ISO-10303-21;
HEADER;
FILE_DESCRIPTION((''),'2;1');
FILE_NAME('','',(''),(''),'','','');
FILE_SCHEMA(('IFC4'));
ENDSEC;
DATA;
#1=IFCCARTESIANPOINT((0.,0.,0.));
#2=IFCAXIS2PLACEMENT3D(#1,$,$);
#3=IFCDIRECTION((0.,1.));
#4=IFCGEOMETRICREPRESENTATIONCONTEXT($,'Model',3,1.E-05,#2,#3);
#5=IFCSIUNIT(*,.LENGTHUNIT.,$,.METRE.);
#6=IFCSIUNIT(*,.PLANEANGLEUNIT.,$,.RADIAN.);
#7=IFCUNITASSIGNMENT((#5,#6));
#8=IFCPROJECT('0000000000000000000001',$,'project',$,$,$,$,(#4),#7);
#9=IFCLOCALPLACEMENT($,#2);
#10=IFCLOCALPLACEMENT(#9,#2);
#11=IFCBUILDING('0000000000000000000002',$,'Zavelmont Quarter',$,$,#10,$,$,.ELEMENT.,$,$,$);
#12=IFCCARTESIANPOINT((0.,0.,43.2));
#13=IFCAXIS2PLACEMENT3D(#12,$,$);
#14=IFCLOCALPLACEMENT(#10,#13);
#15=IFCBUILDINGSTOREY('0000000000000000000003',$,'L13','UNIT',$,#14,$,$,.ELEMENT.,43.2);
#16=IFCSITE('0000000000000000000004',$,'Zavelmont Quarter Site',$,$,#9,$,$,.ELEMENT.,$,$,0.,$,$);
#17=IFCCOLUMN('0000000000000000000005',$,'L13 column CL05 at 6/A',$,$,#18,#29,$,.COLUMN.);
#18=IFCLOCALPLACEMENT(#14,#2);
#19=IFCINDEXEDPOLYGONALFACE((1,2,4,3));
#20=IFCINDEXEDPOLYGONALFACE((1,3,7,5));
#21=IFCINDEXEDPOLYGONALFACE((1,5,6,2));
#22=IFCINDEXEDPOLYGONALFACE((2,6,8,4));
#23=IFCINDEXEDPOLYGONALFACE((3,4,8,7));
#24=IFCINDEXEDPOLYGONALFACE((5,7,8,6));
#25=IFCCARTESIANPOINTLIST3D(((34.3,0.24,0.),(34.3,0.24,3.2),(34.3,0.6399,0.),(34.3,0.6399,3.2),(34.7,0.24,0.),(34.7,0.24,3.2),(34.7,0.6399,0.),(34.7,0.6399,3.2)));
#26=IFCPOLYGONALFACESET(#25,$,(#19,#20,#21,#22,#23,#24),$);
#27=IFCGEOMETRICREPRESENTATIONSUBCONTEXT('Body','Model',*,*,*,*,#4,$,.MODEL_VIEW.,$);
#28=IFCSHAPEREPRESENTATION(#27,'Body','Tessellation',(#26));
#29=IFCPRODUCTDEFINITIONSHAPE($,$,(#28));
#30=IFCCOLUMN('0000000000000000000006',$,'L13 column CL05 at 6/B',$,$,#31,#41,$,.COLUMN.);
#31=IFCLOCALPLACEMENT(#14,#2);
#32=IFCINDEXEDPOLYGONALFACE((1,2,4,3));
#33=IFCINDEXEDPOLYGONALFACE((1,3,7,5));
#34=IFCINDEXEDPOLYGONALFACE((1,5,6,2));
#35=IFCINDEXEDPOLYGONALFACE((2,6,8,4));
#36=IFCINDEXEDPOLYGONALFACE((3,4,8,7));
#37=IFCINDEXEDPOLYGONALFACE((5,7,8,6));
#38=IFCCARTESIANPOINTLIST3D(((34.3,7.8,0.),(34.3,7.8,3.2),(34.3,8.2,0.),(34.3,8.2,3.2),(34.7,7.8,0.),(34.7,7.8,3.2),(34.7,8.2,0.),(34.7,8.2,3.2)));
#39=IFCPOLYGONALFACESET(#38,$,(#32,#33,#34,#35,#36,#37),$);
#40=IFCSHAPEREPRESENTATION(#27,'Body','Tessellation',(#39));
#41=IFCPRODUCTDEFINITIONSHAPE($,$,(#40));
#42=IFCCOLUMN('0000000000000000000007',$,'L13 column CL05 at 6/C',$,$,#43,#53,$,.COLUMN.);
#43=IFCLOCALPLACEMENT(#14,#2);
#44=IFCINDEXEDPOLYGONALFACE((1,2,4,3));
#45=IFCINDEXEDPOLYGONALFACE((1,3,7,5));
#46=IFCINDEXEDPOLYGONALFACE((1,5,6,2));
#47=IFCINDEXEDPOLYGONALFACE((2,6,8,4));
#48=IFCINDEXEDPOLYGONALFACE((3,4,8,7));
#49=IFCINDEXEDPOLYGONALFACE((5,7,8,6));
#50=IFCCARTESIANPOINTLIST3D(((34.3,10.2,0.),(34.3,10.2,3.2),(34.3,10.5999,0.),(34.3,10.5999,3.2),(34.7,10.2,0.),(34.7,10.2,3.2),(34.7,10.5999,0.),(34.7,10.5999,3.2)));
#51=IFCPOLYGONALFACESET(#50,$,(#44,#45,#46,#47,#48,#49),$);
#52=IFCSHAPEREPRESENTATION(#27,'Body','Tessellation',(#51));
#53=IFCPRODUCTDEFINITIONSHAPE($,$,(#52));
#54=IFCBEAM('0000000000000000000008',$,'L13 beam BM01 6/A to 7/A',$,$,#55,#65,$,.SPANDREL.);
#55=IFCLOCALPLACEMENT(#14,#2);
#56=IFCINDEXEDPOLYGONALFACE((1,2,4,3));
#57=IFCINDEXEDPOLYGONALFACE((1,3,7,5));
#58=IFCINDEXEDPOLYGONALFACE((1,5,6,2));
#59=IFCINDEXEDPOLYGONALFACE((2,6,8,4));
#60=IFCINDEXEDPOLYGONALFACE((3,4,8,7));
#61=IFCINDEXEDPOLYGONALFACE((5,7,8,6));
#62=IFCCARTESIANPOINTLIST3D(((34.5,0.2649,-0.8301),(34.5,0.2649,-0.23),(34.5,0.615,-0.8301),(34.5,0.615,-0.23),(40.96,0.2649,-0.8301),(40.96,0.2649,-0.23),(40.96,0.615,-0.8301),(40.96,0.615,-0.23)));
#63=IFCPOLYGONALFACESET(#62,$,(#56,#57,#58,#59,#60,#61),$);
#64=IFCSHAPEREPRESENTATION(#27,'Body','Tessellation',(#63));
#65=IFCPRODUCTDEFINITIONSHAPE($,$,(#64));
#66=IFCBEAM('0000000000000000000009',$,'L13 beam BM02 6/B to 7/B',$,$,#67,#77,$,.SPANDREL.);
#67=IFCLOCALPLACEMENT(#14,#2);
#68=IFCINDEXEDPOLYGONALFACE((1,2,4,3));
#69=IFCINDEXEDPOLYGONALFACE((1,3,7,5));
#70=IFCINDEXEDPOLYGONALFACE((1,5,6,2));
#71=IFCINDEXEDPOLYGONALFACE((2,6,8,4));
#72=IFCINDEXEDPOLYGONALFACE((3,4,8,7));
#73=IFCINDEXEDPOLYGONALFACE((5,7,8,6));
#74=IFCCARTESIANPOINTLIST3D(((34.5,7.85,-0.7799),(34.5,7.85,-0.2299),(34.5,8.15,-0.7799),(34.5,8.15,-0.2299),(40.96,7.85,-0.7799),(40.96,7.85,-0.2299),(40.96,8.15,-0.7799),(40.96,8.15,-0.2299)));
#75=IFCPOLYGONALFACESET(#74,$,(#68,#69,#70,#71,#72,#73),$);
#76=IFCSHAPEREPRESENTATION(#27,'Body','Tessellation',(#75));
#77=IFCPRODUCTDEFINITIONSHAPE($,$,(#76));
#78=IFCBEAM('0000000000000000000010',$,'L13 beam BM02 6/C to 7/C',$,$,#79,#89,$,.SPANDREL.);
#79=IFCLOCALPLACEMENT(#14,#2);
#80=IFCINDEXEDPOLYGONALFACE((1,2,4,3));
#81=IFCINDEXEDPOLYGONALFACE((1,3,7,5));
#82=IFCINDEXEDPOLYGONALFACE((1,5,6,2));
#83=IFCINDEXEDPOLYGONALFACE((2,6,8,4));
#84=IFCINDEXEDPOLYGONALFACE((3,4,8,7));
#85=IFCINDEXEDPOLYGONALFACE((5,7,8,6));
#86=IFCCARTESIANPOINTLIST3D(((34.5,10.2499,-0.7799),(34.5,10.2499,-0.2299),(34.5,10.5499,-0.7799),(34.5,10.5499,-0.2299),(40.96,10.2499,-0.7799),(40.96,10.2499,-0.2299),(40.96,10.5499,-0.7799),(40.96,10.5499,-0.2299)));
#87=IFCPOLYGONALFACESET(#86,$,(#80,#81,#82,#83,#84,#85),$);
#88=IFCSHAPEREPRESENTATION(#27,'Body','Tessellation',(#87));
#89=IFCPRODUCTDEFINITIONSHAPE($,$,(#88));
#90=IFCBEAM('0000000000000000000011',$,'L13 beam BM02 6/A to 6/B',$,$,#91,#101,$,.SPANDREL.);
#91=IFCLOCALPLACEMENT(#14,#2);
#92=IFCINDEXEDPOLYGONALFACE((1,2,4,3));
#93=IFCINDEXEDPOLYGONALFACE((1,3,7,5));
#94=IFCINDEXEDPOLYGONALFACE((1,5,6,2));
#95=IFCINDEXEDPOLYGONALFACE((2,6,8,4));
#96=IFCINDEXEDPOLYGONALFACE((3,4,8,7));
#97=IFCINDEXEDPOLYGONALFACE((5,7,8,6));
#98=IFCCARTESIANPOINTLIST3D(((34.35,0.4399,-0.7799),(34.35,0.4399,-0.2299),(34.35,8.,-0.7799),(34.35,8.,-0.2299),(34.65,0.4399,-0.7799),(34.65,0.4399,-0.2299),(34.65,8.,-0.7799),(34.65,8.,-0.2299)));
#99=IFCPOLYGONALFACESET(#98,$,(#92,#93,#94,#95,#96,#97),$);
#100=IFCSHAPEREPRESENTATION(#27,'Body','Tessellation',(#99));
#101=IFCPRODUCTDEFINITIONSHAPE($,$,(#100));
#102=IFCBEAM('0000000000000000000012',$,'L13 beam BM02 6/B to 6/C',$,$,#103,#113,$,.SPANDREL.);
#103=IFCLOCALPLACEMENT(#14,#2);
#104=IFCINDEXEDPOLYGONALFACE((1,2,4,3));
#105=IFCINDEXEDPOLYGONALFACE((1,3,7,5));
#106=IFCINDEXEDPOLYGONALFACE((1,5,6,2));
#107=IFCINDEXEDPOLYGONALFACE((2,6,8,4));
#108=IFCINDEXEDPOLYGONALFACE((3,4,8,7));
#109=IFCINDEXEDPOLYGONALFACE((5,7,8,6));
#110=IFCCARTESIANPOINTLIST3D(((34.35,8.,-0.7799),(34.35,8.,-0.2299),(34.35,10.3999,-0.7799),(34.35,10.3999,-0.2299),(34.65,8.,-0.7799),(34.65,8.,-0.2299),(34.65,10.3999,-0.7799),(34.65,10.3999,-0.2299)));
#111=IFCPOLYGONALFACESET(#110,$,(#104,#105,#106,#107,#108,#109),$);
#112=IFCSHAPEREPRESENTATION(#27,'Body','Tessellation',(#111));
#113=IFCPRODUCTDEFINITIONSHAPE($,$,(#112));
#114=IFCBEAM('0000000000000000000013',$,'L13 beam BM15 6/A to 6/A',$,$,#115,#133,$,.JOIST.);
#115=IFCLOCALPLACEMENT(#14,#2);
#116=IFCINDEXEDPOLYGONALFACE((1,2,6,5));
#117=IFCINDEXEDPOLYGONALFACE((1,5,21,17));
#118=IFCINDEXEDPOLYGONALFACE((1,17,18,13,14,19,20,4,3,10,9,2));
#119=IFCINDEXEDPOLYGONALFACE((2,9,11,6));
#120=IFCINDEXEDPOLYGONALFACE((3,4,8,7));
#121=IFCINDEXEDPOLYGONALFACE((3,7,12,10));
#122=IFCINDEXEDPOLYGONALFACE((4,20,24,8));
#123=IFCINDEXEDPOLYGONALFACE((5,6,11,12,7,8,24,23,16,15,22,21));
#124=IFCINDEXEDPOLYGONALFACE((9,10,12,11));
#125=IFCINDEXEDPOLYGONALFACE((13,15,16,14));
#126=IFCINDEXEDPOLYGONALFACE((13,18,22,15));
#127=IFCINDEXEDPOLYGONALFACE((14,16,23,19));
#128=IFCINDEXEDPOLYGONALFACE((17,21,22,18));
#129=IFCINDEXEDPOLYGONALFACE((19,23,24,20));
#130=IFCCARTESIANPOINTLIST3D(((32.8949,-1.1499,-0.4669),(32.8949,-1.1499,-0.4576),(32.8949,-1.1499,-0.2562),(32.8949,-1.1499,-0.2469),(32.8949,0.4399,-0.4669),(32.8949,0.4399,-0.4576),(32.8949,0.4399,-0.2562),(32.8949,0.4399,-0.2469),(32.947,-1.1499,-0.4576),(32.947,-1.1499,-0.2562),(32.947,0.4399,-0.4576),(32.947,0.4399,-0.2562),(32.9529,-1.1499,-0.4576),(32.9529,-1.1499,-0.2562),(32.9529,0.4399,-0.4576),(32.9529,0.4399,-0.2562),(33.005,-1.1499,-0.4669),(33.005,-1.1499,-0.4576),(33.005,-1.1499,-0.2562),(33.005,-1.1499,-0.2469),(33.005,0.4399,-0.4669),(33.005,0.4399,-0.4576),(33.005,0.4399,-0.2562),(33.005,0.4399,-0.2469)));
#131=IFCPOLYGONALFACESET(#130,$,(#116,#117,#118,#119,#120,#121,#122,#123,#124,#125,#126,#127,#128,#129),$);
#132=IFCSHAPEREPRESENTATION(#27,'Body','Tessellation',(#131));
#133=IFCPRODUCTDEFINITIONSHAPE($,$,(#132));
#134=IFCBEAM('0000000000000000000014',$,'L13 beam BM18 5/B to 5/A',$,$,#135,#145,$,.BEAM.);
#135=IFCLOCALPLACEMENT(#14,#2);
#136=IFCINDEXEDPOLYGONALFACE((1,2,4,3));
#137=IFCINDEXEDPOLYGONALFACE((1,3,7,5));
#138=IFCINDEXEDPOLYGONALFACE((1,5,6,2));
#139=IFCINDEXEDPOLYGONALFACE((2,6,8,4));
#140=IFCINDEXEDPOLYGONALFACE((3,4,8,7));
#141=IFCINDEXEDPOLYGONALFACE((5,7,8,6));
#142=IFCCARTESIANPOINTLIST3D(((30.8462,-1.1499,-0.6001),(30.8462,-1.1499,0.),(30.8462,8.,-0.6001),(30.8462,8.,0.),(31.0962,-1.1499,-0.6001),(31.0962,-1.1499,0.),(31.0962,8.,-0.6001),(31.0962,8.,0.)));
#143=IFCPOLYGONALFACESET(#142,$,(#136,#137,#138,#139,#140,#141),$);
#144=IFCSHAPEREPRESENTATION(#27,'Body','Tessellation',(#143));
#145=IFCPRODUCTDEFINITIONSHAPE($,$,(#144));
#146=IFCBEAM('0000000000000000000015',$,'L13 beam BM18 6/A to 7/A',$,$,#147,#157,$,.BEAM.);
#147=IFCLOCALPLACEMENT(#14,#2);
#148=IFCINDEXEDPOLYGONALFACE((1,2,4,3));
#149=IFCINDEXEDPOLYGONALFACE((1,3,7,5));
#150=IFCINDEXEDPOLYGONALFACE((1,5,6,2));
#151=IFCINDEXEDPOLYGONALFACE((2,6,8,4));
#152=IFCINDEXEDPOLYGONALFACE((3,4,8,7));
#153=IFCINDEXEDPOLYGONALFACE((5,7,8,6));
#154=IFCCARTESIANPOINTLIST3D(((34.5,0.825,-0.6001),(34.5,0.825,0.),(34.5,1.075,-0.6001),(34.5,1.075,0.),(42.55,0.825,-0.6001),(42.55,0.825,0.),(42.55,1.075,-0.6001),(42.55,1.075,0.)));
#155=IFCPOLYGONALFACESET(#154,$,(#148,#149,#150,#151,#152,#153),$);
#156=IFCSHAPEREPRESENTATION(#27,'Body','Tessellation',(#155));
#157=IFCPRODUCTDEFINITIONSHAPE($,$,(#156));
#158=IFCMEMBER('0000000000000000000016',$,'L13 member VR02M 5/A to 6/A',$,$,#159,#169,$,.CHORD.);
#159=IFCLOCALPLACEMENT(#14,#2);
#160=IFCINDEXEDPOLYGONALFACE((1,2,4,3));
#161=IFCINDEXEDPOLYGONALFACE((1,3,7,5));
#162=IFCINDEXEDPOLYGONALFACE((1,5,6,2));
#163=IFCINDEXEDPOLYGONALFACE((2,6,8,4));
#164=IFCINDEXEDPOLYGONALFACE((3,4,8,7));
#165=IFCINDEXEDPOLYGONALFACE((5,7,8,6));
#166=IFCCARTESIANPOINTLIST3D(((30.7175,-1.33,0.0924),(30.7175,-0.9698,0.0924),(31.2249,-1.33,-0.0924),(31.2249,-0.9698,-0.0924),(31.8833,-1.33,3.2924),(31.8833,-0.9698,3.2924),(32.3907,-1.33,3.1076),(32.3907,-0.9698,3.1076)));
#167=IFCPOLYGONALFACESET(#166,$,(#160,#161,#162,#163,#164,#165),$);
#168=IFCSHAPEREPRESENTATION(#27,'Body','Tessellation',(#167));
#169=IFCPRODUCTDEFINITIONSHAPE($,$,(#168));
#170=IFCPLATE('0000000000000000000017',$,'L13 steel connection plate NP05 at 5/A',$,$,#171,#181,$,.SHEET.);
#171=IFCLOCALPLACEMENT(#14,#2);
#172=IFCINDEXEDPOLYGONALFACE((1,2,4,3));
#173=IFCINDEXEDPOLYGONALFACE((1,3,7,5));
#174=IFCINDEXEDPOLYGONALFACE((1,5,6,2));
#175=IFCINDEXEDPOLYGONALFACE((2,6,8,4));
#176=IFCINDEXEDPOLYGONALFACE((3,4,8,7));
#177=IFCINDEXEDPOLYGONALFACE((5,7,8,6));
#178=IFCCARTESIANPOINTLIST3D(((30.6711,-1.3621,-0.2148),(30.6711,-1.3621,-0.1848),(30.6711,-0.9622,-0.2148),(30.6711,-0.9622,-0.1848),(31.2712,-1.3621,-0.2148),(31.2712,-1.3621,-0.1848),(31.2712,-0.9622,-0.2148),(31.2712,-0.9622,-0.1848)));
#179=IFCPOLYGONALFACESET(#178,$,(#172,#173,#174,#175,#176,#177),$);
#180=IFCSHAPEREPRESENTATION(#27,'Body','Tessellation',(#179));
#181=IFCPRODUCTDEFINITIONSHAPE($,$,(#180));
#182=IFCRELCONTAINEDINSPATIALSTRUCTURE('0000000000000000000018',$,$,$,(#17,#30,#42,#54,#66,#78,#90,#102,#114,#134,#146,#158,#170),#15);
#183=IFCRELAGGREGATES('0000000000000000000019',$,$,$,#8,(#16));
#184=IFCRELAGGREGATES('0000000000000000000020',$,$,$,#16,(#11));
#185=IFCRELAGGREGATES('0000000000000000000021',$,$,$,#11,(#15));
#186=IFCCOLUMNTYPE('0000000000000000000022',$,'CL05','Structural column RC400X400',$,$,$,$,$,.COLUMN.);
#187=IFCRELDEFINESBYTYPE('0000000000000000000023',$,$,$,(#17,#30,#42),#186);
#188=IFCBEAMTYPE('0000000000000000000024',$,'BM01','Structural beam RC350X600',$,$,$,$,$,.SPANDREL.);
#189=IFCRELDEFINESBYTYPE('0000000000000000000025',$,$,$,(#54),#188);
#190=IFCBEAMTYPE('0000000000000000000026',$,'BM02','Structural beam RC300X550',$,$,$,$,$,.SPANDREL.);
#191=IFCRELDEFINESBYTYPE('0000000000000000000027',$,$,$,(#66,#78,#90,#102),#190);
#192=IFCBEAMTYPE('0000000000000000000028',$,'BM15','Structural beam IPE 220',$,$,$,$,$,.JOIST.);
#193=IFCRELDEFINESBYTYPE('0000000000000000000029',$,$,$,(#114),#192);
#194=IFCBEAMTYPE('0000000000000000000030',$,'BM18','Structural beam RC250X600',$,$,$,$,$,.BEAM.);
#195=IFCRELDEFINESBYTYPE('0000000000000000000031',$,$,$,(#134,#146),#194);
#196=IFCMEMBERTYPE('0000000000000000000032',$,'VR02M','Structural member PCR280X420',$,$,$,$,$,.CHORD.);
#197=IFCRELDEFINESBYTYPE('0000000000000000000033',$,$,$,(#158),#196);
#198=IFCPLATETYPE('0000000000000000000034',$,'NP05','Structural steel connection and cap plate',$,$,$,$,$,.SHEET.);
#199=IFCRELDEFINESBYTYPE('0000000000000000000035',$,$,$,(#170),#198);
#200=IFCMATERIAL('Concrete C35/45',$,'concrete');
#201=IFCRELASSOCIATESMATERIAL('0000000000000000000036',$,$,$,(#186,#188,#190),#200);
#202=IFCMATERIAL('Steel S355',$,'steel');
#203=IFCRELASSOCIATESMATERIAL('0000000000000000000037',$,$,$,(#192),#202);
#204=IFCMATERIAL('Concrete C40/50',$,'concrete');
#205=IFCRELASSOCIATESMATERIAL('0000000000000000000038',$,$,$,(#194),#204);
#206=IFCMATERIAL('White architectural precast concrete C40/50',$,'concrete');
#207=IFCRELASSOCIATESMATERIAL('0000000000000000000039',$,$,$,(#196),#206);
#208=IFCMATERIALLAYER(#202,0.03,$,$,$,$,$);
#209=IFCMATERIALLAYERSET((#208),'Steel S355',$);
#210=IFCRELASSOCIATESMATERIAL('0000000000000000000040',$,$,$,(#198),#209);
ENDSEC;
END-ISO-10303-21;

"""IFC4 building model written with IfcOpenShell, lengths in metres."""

from ifc_helpers import new_model, si_unit, direction, frame, origin, origin_2d, place, context, subcontext, project, spatial, rectangle, i_section, extrude, material, layer, layer_set, material_profile, profile_set, type_object, element, save


model = new_model("IFC4")

# Units and contexts
model_context = context("Model", 3, precision=1e-05, world=origin(), true_north=direction((0.0, 1.0)))
body_context = subcontext(model_context, "Body", "Model", "MODEL_VIEW")
ifc_project = project(units=[si_unit("LENGTHUNIT", "METRE"), si_unit("PLANEANGLEUNIT", "RADIAN")], contexts=[model_context])

# Site, building, storey
site_placement = place(None, origin())
site = spatial("IfcSite", under=ifc_project, at=site_placement, Name="Zavelmont Quarter Site", CompositionType="ELEMENT", RefElevation=0.0)
building_placement = place(site_placement, origin())
building = spatial("IfcBuilding", under=site, at=building_placement, Name="Zavelmont Quarter", CompositionType="ELEMENT")
storey_placement = place(building_placement, frame((0.0, 0.0, 43.2)))
storey = spatial("IfcBuildingStorey", under=building, at=storey_placement, Name="L13", Description="UNIT", CompositionType="ELEMENT", Elevation=43.2)

# Columns
ifc_material_1 = material(Name="Concrete C35/45", Category="concrete")
ifc_material_profile_1 = material_profile(ifc_material_1, rectangle(XDim=0.3999, YDim=0.3999, at=origin_2d()), Name="RC400X400")
ifc_profile_set_1 = profile_set([ifc_material_profile_1], Name="Concrete C35/45")
column_type = type_object("IfcColumnType", Name="CL05", Description="Structural column RC400X400", PredefinedType="COLUMN", material=ifc_profile_set_1)
for number, where, z_axis, x_axis, name in (
    (1, (34.5, 0.4399, 0.0), (0.0, 0.0, 1.0), (1.0, 0.0, 0.0), "L13 column CL05 at 6/A"),
    (2, (34.5, 8.0, 0.0), (0.0, 0.0, 1.0), (1.0, 0.0, 0.0), "L13 column CL05 at 6/B"),
    (3, (34.5, 10.3999, 0.0), (0.0, 0.0, 1.0), (1.0, 0.0, 0.0), "L13 column CL05 at 6/C"),
):
    element("IfcColumn", number, at=place(storey_placement, frame(where, z_axis=z_axis, x_axis=x_axis)), inside=storey, type_object=column_type, Name=name, PredefinedType="COLUMN", context=body_context, shape_type="SweptSolid", body=[
        extrude(rectangle(XDim=0.3999, YDim=0.3999, at=origin_2d()), origin(), (0.0, 0.0, 1.0), 3.2),
    ])

# Beams
ifc_material_profile_2 = material_profile(ifc_material_1, rectangle(XDim=0.3501, YDim=0.6001, at=origin_2d()), Name="RC350X600")
ifc_profile_set_2 = profile_set([ifc_material_profile_2], Name="Concrete C35/45")
beam_type_1 = type_object("IfcBeamType", Name="BM01", Description="Structural beam RC350X600", PredefinedType="SPANDREL", material=ifc_profile_set_2)
beam_1_placement = place(storey_placement, frame((34.5, 0.4399, -0.53), z_axis=(1.0, 0.0, 0.0), x_axis=(0.0, 1.0, 0.0)))
element("IfcBeam", 4, at=beam_1_placement, inside=storey, type_object=beam_type_1, Name="L13 beam BM01 6/A to 7/A", PredefinedType="SPANDREL", context=body_context, shape_type="SweptSolid", body=[
    extrude(rectangle(XDim=0.3501, YDim=0.6001, at=origin_2d()), origin(), (0.0, 0.0, 1.0), 6.46),
])
ifc_material_profile_3 = material_profile(ifc_material_1, rectangle(XDim=0.3, YDim=0.55, at=origin_2d()), Name="RC300X550")
ifc_profile_set_3 = profile_set([ifc_material_profile_3], Name="Concrete C35/45")
beam_type_2 = type_object("IfcBeamType", Name="BM02", Description="Structural beam RC300X550", PredefinedType="SPANDREL", material=ifc_profile_set_3)
for number, where, z_axis, x_axis, name in (
    (5, (34.5, 8.0, -0.5049), (1.0, 0.0, 0.0), (0.0, 1.0, 0.0), "L13 beam BM02 6/B to 7/B"),
    (6, (34.5, 10.3999, -0.5049), (1.0, 0.0, 0.0), (0.0, 1.0, 0.0), "L13 beam BM02 6/C to 7/C"),
):
    element("IfcBeam", number, at=place(storey_placement, frame(where, z_axis=z_axis, x_axis=x_axis)), inside=storey, type_object=beam_type_2, Name=name, PredefinedType="SPANDREL", context=body_context, shape_type="SweptSolid", body=[
        extrude(rectangle(XDim=0.3, YDim=0.55, at=origin_2d()), origin(), (0.0, 0.0, 1.0), 6.46),
    ])
beam_2_placement = place(storey_placement, frame((34.5, 0.4399, -0.5049), z_axis=(0.0, 1.0, 0.0), x_axis=(-1.0, 0.0, 0.0)))
element("IfcBeam", 7, at=beam_2_placement, inside=storey, type_object=beam_type_2, Name="L13 beam BM02 6/A to 6/B", PredefinedType="SPANDREL", context=body_context, shape_type="SweptSolid", body=[
    extrude(rectangle(XDim=0.3, YDim=0.55, at=origin_2d()), origin(), (0.0, 0.0, 1.0), 7.5601),
])
beam_3_placement = place(storey_placement, frame((34.5, 8.0, -0.5049), z_axis=(0.0, 1.0, 0.0), x_axis=(-1.0, 0.0, 0.0)))
element("IfcBeam", 8, at=beam_3_placement, inside=storey, type_object=beam_type_2, Name="L13 beam BM02 6/B to 6/C", PredefinedType="SPANDREL", context=body_context, shape_type="SweptSolid", body=[
    extrude(rectangle(XDim=0.3, YDim=0.55, at=origin_2d()), origin(), (0.0, 0.0, 1.0), 2.3999),
])
ifc_material_2 = material(Name="Steel S355", Category="steel")
ifc_material_profile_4 = material_profile(ifc_material_2, i_section(OverallWidth=0.1101, OverallDepth=0.22, WebThickness=0.0059, FlangeThickness=0.0093, at=origin_2d()), Name="IPE 220")
ifc_profile_set_4 = profile_set([ifc_material_profile_4], Name="Steel S355")
beam_type_3 = type_object("IfcBeamType", Name="BM15", Description="Structural beam IPE 220", PredefinedType="JOIST", material=ifc_profile_set_4)
beam_4_placement = place(storey_placement, frame((32.95, 0.4399, -0.3569), z_axis=(0.0, -1.0, 0.0), x_axis=(1.0, 0.0, 0.0)))
element("IfcBeam", 9, at=beam_4_placement, inside=storey, type_object=beam_type_3, Name="L13 beam BM15 6/A to 6/A", PredefinedType="JOIST", context=body_context, shape_type="SweptSolid", body=[
    extrude(i_section(OverallWidth=0.1101, OverallDepth=0.22, WebThickness=0.0059, FlangeThickness=0.0093, at=origin_2d()), origin(), (0.0, 0.0, 1.0), 1.5898),
])
ifc_material_3 = material(Name="Concrete C40/50", Category="concrete")
ifc_material_profile_5 = material_profile(ifc_material_3, rectangle(XDim=0.25, YDim=0.6001, at=origin_2d()), Name="RC250X600")
ifc_profile_set_5 = profile_set([ifc_material_profile_5], Name="Concrete C40/50")
beam_type_4 = type_object("IfcBeamType", Name="BM18", Description="Structural beam RC250X600", PredefinedType="BEAM", material=ifc_profile_set_5)
beam_5_placement = place(storey_placement, frame((30.9712, 8.0, -0.3), z_axis=(0.0, -1.0, 0.0), x_axis=(1.0, 0.0, 0.0)))
element("IfcBeam", 10, at=beam_5_placement, inside=storey, type_object=beam_type_4, Name="L13 beam BM18 5/B to 5/A", PredefinedType="BEAM", context=body_context, shape_type="SweptSolid", body=[
    extrude(rectangle(XDim=0.25, YDim=0.6001, at=origin_2d()), origin(), (0.0, 0.0, 1.0), 9.1499),
])
beam_6_placement = place(storey_placement, frame((34.5, 0.95, -0.3), z_axis=(1.0, 0.0, 0.0), x_axis=(0.0, 1.0, 0.0)))
element("IfcBeam", 11, at=beam_6_placement, inside=storey, type_object=beam_type_4, Name="L13 beam BM18 6/A to 7/A", PredefinedType="BEAM", context=body_context, shape_type="SweptSolid", body=[
    extrude(rectangle(XDim=0.25, YDim=0.6001, at=origin_2d()), origin(), (0.0, 0.0, 1.0), 8.05),
])

# Member
ifc_material_4 = material(Name="White architectural precast concrete C40/50", Category="concrete")
ifc_material_profile_6 = material_profile(ifc_material_4, rectangle(XDim=0.3601, YDim=0.54, at=origin_2d()), Name="PCR280X420")
ifc_profile_set_6 = profile_set([ifc_material_profile_6], Name="White architectural precast concrete C40/50")
member_type = type_object("IfcMemberType", Name="VR02M", Description="Structural member PCR280X420", PredefinedType="CHORD", material=ifc_profile_set_6)
member_placement = place(storey_placement, frame((30.9712, -1.1499, 0.0), z_axis=(0.342301, 0.0, 0.93959), x_axis=(0.0, 1.0, 0.0)))
element("IfcMember", 12, at=member_placement, inside=storey, type_object=member_type, Name="L13 member VR02M 5/A to 6/A", PredefinedType="CHORD", context=body_context, shape_type="SweptSolid", body=[
    extrude(rectangle(XDim=0.3601, YDim=0.54, at=origin_2d()), origin(), (0.0, 0.0, 1.0), 3.4058),
])

# Plate
ifc_layer_1 = layer(ifc_material_2, 0.03)
ifc_layer_set_1 = layer_set([ifc_layer_1], Name="Steel S355")
plate_type = type_object("IfcPlateType", Name="NP05", Description="Structural steel connection and cap plate", PredefinedType="SHEET", material=ifc_layer_set_1)
plate_placement = place(storey_placement, frame((30.9712, -1.1621, -0.2148), z_axis=(0.0, 0.0, 1.0), x_axis=(1.0, 0.0, 0.0)))
element("IfcPlate", 13, at=plate_placement, inside=storey, type_object=plate_type, Name="L13 steel connection plate NP05 at 5/A", PredefinedType="SHEET", context=body_context, shape_type="SweptSolid", body=[
    extrude(rectangle(XDim=0.6001, YDim=0.3999, at=origin_2d()), origin(), (0.0, 0.0, 1.0), 0.03),
])

save(model, "model.ifc")
